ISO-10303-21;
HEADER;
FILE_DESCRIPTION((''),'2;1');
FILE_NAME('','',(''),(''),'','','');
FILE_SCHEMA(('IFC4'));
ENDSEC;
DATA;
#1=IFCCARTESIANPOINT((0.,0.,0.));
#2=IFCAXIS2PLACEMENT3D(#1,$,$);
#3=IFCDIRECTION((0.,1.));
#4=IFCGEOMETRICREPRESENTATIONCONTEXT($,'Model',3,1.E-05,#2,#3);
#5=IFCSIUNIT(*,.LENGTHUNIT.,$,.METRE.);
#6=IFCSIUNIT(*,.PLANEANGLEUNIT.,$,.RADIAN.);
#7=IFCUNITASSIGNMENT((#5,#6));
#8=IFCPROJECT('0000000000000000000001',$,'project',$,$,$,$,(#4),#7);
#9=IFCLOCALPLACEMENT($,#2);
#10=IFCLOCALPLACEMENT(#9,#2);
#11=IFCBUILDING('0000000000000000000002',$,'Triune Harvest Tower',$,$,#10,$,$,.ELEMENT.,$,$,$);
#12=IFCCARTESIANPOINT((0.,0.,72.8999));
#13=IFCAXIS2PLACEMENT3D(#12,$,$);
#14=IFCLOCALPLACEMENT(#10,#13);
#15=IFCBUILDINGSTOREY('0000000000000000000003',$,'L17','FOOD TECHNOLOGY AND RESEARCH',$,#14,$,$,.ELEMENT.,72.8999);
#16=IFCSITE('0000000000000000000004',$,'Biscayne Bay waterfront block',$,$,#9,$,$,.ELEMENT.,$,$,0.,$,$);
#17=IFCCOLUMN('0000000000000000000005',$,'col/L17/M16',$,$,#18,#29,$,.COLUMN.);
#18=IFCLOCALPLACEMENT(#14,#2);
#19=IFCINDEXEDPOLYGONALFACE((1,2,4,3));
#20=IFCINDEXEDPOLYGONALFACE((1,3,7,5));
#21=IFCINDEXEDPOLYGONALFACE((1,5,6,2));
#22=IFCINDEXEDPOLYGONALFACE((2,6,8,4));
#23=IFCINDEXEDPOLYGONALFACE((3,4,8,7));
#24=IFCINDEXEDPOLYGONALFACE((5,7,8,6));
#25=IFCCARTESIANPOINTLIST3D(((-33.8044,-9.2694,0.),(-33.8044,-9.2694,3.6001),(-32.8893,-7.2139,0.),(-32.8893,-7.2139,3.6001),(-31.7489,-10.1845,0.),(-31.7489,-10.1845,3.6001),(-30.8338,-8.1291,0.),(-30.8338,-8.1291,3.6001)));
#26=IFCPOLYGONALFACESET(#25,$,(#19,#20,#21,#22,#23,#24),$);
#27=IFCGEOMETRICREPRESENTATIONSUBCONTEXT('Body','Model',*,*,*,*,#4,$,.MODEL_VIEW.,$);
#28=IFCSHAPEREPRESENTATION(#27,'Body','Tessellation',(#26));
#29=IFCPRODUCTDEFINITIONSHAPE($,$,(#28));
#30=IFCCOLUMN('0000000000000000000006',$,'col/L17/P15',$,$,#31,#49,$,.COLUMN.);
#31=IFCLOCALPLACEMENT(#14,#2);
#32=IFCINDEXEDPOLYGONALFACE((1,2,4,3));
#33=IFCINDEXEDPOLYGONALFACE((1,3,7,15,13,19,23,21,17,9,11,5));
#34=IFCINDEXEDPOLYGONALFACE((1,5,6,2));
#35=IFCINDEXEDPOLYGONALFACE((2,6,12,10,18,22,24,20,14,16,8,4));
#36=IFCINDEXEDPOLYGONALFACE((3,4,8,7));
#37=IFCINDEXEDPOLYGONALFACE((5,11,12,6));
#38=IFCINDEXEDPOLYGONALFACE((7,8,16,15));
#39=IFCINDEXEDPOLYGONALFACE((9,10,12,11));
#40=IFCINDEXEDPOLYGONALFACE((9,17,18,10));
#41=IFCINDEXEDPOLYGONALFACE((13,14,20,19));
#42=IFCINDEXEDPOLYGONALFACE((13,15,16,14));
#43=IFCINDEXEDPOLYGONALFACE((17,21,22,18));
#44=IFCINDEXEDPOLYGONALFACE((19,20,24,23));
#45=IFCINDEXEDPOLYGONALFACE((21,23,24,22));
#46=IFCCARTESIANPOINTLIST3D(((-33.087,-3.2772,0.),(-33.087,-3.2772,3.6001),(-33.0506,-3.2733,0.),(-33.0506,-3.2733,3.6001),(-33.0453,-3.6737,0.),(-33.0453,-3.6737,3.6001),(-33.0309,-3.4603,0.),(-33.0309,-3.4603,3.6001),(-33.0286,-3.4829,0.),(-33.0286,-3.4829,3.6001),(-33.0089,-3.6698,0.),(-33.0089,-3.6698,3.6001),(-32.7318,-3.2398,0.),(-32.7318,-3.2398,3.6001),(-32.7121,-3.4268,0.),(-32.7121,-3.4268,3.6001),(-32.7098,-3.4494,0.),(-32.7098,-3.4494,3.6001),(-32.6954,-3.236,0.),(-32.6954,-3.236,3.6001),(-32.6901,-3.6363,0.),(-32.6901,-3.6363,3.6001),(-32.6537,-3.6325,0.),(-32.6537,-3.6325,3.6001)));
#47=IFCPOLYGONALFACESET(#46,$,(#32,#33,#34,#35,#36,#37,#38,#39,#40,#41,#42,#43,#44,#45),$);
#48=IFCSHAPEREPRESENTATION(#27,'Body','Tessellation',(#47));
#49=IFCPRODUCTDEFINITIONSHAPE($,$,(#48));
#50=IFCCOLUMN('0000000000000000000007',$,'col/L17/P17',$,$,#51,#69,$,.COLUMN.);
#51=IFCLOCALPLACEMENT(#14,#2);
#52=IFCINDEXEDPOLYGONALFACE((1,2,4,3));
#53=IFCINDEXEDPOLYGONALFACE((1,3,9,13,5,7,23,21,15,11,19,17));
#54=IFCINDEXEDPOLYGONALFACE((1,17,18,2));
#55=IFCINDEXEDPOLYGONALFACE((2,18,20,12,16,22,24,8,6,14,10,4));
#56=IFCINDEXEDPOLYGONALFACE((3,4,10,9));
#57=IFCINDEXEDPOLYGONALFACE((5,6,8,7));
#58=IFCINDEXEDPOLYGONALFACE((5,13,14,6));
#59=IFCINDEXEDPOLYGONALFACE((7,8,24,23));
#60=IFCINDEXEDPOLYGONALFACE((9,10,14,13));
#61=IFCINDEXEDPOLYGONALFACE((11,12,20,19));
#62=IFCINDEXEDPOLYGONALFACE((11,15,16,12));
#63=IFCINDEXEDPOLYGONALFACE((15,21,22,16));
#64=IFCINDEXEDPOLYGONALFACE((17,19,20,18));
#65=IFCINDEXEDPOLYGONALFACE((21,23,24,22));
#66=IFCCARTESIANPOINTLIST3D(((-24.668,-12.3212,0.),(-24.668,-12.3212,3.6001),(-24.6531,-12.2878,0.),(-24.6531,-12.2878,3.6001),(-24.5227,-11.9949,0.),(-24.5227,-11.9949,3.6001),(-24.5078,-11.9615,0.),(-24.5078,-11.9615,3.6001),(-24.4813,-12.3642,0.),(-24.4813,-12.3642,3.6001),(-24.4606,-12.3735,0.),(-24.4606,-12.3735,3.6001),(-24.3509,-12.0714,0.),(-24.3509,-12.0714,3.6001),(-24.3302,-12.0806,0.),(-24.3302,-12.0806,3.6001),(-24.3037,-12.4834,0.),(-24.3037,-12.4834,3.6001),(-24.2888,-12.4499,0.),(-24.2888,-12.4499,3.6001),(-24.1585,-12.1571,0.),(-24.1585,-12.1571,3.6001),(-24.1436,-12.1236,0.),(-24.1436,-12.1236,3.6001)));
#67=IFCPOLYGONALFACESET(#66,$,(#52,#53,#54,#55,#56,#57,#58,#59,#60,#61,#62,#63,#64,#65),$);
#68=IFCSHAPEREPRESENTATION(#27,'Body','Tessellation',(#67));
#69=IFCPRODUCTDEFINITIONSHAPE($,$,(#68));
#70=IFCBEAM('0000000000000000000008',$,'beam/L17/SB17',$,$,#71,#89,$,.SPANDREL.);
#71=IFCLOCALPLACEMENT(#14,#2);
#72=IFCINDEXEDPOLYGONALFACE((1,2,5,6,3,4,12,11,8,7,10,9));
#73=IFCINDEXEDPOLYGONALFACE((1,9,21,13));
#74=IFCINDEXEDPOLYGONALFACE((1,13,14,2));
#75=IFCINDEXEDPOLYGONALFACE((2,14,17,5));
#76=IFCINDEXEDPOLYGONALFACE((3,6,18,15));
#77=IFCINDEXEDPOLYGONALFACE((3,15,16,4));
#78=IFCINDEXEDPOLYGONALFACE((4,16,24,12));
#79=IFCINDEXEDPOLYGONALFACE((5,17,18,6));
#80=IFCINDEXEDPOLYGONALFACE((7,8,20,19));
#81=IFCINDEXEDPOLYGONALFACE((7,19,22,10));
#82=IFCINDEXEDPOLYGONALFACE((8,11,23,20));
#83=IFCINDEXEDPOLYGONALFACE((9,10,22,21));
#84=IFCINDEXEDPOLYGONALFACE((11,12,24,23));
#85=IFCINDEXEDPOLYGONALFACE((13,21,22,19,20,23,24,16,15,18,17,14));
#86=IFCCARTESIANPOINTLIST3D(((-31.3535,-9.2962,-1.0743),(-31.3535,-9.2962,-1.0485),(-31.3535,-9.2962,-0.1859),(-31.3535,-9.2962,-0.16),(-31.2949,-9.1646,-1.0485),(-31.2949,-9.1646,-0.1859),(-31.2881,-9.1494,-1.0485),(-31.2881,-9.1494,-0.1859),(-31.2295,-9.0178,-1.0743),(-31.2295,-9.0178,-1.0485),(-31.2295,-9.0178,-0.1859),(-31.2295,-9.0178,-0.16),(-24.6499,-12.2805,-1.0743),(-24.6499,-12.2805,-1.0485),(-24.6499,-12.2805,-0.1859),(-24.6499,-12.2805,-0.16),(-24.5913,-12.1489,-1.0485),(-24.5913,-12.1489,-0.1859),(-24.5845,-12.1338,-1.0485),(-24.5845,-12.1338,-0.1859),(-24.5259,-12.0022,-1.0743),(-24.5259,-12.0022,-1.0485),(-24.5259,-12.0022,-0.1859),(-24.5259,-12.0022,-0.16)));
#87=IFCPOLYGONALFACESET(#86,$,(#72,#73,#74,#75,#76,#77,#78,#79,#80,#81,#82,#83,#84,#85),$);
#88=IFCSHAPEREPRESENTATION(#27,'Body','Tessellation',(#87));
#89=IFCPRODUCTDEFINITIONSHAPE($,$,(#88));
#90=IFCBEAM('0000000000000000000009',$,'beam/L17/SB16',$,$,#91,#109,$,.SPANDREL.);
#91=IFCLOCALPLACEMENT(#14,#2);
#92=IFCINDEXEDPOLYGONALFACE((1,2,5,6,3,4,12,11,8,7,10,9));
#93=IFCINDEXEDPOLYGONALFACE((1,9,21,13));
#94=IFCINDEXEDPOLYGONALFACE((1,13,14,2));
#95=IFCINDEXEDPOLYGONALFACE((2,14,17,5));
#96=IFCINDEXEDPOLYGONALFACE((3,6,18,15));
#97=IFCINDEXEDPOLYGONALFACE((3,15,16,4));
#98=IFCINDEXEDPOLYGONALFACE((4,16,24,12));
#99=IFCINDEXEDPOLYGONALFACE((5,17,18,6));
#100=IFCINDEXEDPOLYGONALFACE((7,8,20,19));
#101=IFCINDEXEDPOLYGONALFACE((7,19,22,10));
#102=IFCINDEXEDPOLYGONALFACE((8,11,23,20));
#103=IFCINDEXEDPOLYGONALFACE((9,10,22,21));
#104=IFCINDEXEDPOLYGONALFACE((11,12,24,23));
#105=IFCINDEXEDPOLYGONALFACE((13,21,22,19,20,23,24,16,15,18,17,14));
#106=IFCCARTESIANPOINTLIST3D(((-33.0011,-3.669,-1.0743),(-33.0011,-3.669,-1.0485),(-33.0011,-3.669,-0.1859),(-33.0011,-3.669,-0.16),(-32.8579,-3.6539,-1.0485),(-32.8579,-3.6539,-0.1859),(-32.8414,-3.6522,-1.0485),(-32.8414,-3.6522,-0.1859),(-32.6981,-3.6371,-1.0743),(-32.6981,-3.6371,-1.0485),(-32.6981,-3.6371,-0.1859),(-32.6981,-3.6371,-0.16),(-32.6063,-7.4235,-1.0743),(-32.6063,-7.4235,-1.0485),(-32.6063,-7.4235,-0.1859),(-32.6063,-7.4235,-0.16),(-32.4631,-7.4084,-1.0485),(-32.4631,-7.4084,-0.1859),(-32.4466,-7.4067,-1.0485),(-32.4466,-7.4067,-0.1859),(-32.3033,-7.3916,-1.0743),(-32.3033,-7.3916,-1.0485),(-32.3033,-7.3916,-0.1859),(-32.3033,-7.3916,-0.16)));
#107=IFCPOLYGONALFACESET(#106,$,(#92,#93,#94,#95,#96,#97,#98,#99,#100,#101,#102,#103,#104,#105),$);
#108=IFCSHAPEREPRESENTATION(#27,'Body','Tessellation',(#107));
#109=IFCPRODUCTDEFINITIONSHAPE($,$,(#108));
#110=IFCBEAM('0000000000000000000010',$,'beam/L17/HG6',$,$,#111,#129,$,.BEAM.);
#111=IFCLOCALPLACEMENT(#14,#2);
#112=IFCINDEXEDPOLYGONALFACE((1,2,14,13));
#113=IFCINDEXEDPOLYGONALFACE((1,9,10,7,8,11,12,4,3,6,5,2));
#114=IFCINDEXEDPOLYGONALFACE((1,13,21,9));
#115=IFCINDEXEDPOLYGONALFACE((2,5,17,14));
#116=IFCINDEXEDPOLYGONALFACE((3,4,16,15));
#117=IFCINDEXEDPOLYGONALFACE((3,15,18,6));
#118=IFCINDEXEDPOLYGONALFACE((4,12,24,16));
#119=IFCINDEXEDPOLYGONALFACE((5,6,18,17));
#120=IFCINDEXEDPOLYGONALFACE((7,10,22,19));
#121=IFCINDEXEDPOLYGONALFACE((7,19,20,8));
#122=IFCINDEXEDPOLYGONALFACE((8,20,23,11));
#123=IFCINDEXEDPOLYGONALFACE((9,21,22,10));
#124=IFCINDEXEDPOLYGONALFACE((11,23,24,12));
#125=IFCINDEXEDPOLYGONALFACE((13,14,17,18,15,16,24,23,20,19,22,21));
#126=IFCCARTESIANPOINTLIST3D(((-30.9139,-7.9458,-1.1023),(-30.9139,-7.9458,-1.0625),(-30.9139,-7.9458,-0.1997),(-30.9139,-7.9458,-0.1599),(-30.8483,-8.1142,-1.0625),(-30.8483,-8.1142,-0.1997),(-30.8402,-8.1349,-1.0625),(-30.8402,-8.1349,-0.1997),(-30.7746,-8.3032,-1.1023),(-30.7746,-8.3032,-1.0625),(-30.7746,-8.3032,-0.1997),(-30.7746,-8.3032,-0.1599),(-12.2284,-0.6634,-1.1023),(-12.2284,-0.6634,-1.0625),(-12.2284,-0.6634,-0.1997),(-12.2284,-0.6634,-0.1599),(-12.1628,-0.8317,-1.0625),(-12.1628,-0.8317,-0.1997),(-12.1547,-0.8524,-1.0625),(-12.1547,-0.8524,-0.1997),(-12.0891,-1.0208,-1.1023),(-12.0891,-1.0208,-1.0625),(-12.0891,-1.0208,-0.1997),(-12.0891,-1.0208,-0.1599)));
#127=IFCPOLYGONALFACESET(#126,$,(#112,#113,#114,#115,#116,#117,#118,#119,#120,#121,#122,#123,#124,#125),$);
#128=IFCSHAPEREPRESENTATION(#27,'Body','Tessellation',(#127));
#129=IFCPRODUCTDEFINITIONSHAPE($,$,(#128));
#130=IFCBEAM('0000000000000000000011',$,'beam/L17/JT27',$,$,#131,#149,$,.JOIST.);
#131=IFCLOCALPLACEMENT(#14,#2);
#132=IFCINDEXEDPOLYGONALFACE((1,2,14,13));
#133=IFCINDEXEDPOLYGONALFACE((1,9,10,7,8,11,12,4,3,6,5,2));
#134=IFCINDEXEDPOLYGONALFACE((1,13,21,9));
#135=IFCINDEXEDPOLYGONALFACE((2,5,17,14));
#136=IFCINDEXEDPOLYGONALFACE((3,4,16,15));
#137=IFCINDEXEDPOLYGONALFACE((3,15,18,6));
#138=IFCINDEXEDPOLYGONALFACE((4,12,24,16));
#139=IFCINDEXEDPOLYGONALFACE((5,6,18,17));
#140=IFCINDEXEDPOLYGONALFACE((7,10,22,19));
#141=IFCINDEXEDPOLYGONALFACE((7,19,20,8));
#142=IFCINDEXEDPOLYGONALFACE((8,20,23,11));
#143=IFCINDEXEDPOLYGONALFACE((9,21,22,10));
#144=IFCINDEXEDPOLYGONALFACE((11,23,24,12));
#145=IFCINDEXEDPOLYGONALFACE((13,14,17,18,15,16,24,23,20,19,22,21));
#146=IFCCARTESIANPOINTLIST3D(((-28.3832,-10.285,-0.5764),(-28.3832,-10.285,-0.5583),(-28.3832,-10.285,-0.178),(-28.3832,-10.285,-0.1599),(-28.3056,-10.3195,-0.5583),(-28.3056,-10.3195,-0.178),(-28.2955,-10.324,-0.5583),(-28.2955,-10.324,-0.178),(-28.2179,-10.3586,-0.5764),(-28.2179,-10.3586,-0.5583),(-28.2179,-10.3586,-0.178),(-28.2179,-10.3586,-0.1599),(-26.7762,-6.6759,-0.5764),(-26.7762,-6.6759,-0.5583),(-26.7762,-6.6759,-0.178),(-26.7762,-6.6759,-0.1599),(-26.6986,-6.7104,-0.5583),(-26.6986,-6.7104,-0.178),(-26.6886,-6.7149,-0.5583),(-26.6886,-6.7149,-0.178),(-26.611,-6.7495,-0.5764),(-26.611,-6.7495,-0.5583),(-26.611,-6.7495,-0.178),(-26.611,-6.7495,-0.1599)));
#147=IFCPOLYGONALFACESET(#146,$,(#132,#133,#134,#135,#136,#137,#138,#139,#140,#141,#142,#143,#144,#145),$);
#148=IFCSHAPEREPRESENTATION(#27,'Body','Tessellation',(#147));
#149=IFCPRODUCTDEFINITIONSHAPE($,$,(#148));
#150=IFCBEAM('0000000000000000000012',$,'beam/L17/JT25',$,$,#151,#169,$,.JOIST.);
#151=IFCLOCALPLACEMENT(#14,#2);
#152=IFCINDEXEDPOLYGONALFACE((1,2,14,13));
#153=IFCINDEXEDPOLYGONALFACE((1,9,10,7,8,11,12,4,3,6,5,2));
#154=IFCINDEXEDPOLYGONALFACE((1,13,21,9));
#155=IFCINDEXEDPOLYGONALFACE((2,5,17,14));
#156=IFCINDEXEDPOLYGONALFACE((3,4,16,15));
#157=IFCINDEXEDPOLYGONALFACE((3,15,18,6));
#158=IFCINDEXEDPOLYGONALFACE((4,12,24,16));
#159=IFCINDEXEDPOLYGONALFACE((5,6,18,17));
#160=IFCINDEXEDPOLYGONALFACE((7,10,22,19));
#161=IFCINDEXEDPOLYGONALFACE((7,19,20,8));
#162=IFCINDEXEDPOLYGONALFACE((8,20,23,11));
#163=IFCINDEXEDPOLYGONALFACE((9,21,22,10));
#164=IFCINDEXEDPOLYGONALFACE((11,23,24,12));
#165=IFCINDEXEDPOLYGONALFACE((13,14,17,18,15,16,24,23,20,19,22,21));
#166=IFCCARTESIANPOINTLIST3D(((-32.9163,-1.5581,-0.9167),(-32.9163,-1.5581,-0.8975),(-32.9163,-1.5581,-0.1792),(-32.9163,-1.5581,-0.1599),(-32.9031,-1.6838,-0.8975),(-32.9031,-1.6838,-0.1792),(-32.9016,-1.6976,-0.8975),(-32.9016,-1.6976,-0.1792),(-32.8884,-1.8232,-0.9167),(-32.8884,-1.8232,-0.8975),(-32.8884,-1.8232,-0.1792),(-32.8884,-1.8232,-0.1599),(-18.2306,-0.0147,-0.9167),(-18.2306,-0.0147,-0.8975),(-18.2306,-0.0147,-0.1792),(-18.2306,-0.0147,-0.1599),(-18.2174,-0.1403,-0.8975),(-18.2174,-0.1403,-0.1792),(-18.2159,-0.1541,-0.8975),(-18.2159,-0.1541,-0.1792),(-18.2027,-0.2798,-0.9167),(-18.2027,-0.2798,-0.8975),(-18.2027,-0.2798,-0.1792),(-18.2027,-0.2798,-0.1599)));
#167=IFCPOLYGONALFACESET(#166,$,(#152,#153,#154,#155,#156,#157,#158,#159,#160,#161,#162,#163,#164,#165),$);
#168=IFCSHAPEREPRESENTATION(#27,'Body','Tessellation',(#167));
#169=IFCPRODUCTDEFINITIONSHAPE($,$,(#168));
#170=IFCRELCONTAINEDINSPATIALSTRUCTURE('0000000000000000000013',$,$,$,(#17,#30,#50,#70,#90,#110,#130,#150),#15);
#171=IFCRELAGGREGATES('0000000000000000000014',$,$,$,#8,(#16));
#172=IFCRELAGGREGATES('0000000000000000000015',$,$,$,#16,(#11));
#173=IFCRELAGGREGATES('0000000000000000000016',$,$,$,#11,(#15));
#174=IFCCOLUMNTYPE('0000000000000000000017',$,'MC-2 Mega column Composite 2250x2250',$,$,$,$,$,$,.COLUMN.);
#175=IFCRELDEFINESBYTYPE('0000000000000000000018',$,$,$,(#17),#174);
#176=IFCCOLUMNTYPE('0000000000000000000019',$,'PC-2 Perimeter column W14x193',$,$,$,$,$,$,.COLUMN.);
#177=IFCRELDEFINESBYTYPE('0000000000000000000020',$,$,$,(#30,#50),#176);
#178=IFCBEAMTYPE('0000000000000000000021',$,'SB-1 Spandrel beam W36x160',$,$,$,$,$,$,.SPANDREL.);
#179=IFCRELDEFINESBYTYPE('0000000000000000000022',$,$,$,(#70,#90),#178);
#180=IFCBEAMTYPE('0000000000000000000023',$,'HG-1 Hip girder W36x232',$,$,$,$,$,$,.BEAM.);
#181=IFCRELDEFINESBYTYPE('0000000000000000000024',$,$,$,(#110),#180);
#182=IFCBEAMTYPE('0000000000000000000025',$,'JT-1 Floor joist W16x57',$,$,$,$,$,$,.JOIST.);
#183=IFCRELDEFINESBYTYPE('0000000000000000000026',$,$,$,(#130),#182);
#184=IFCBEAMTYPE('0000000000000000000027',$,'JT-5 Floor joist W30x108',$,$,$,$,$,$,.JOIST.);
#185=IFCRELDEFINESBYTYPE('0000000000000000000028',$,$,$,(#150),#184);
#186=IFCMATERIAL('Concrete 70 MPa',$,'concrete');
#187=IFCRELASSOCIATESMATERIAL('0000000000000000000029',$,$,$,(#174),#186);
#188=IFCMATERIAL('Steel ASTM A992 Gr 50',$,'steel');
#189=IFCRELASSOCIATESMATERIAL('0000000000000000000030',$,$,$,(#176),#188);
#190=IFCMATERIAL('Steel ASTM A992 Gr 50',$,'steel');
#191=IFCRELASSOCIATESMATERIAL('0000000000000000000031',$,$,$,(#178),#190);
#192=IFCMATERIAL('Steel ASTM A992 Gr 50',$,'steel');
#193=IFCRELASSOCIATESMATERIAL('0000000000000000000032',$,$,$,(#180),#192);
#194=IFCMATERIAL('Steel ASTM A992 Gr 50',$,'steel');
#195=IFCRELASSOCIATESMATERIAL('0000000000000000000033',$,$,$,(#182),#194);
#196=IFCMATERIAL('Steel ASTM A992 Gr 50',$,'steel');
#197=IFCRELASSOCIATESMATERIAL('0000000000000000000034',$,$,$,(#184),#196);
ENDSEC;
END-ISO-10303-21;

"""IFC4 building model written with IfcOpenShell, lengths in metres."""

from ifc_helpers import new_model, si_unit, direction, frame, origin, origin_2d, place, context, subcontext, project, spatial, rectangle, i_section, extrude, source, transform, mapped, material, material_profile, profile_set, type_object, element, save


model = new_model("IFC4")

# Units and contexts
model_context = context("Model", 3, precision=1e-05, world=origin(), true_north=direction((0.0, 1.0)))
body_context = subcontext(model_context, "Body", "Model", "MODEL_VIEW")
ifc_project = project(units=[si_unit("LENGTHUNIT", "METRE"), si_unit("PLANEANGLEUNIT", "RADIAN")], contexts=[model_context])

# Site, building, storey
site_placement = place(None, origin())
site = spatial("IfcSite", under=ifc_project, at=site_placement, Name="Biscayne Bay waterfront block", CompositionType="ELEMENT", RefElevation=0.0)
building_placement = place(site_placement, origin())
building = spatial("IfcBuilding", under=site, at=building_placement, Name="Triune Harvest Tower", CompositionType="ELEMENT")
storey_placement = place(building_placement, frame((0.0, 0.0, 72.8999)))
storey = spatial("IfcBuildingStorey", under=building, at=storey_placement, Name="L17", Description="FOOD TECHNOLOGY AND RESEARCH", CompositionType="ELEMENT", Elevation=72.8999)

# Columns
ifc_material_1 = material(Name="Concrete 70 MPa", Category="concrete")
ifc_material_profile_1 = material_profile(ifc_material_1, rectangle(XDim=2.25, YDim=2.25, at=origin_2d()), Name="Composite 2250x2250")
ifc_profile_set_1 = profile_set([ifc_material_profile_1], Name="Concrete 70 MPa")
column_type_1 = type_object("IfcColumnType", Name="MC-2 Mega column Composite 2250x2250", PredefinedType="COLUMN", material=ifc_profile_set_1)
shared_shape_1 = source(origin(), body_context, "Body", "SweptSolid", [
    extrude(rectangle(XDim=2.25, YDim=2.25, at=origin_2d()), origin(), (0.0, 0.0, 1.0), 3.6001),
])
column_placement = place(storey_placement, frame((-32.3191, -8.6992, 0.0), z_axis=(0.0, 0.0, 1.0), x_axis=(0.913545, -0.406737, 0.0)))
element("IfcColumn", 1, at=column_placement, inside=storey, type_object=column_type_1, Name="col/L17/M16", PredefinedType="COLUMN", context=body_context, shape_type="MappedRepresentation", body=[
    mapped(shared_shape_1, transform((0.0, 0.0, 0.0), scale=1.0)),
])
ifc_material_2 = material(Name="Steel ASTM A992 Gr 50", Category="steel")
ifc_material_profile_2 = material_profile(ifc_material_2, i_section(OverallWidth=0.3987, OverallDepth=0.3938, WebThickness=0.0227, FlangeThickness=0.0366, at=origin_2d()), Name="W14x193")
ifc_profile_set_2 = profile_set([ifc_material_profile_2], Name="Steel ASTM A992 Gr 50")
column_type_2 = type_object("IfcColumnType", Name="PC-2 Perimeter column W14x193", PredefinedType="COLUMN", material=ifc_profile_set_2)
shared_shape_2 = source(origin(), body_context, "Body", "SweptSolid", [
    extrude(i_section(OverallWidth=0.3987, OverallDepth=0.3938, WebThickness=0.0227, FlangeThickness=0.0366, at=origin_2d()), origin(), (0.0, 0.0, 1.0), 3.6001),
])
for number, where, z_axis, x_axis, name in (
    (2, (-32.8704, -3.4548, 0.0), (0.0, 0.0, 1.0), (0.104528, -0.994522, 0.0), "col/L17/P15"),
    (3, (-24.4058, -12.2224, 0.0), (0.0, 0.0, 1.0), (0.913545, -0.406737, 0.0), "col/L17/P17"),
):
    element("IfcColumn", number, at=place(storey_placement, frame(where, z_axis=z_axis, x_axis=x_axis)), inside=storey, type_object=column_type_2, Name=name, PredefinedType="COLUMN", context=body_context, shape_type="MappedRepresentation", body=[
        mapped(shared_shape_2, transform((0.0, 0.0, 0.0), scale=1.0)),
    ])

# Beams
ifc_material_3 = material(Name="Steel ASTM A992 Gr 50", Category="steel")
ifc_material_profile_3 = material_profile(ifc_material_3, i_section(OverallWidth=0.3047, OverallDepth=0.9143, WebThickness=0.0166, FlangeThickness=0.0259, at=origin_2d()), Name="W36x160")
ifc_profile_set_3 = profile_set([ifc_material_profile_3], Name="Steel ASTM A992 Gr 50")
beam_type_1 = type_object("IfcBeamType", Name="SB-1 Spandrel beam W36x160", PredefinedType="SPANDREL", material=ifc_profile_set_3)
shared_shape_3 = source(origin(), body_context, "Body", "SweptSolid", [
    extrude(i_section(OverallWidth=0.3047, OverallDepth=0.9143, WebThickness=0.0166, FlangeThickness=0.0259, at=origin_2d()), origin(), (0.0, 0.0, 1.0), 7.3379),
])
beam_1_placement = place(storey_placement, frame((-31.2915, -9.157, -0.6172), z_axis=(0.913559, -0.406706, 0.0), x_axis=(0.406706, 0.913559, 0.0)))
element("IfcBeam", 4, at=beam_1_placement, inside=storey, type_object=beam_type_1, Name="beam/L17/SB17", PredefinedType="SPANDREL", context=body_context, shape_type="MappedRepresentation", body=[
    mapped(shared_shape_3, transform((0.0, 0.0, 0.0), scale=1.0)),
])
shared_shape_4 = source(origin(), body_context, "Body", "SweptSolid", [
    extrude(i_section(OverallWidth=0.3047, OverallDepth=0.9143, WebThickness=0.0166, FlangeThickness=0.0259, at=origin_2d()), origin(), (0.0, 0.0, 1.0), 3.7751),
])
beam_2_placement = place(storey_placement, frame((-32.8496, -3.6531, -0.6172), z_axis=(0.104574, -0.994517, 0.0), x_axis=(0.994517, 0.104574, 0.0)))
element("IfcBeam", 5, at=beam_2_placement, inside=storey, type_object=beam_type_1, Name="beam/L17/SB16", PredefinedType="SPANDREL", context=body_context, shape_type="MappedRepresentation", body=[
    mapped(shared_shape_4, transform((0.0, 0.0, 0.0), scale=1.0)),
])
ifc_material_4 = material(Name="Steel ASTM A992 Gr 50", Category="steel")
ifc_material_profile_4 = material_profile(ifc_material_4, i_section(OverallWidth=0.3835, OverallDepth=0.9424, WebThickness=0.0222, FlangeThickness=0.0398, at=origin_2d()), Name="W36x232")
ifc_profile_set_4 = profile_set([ifc_material_profile_4], Name="Steel ASTM A992 Gr 50")
beam_type_2 = type_object("IfcBeamType", Name="HG-1 Hip girder W36x232", PredefinedType="BEAM", material=ifc_profile_set_4)
shared_shape_5 = source(origin(), body_context, "Body", "SweptSolid", [
    extrude(i_section(OverallWidth=0.3835, OverallDepth=0.9424, WebThickness=0.0222, FlangeThickness=0.0398, at=origin_2d()), origin(), (0.0, 0.0, 1.0), 20.0544),
])
beam_3_placement = place(storey_placement, frame((-30.8442, -8.1245, -0.6311), z_axis=(0.931737, 0.363134, 0.0), x_axis=(-0.363134, 0.931737, 0.0)))
element("IfcBeam", 6, at=beam_3_placement, inside=storey, type_object=beam_type_2, Name="beam/L17/HG6", PredefinedType="BEAM", context=body_context, shape_type="MappedRepresentation", body=[
    mapped(shared_shape_5, transform((0.0, 0.0, 0.0), scale=1.0)),
])
ifc_material_5 = material(Name="Steel ASTM A992 Gr 50", Category="steel")
ifc_material_profile_5 = material_profile(ifc_material_5, i_section(OverallWidth=0.1809, OverallDepth=0.4165, WebThickness=0.011, FlangeThickness=0.0181, at=origin_2d()), Name="W16x57")
ifc_profile_set_5 = profile_set([ifc_material_profile_5], Name="Steel ASTM A992 Gr 50")
beam_type_3 = type_object("IfcBeamType", Name="JT-1 Floor joist W16x57", PredefinedType="JOIST", material=ifc_profile_set_5)
shared_shape_6 = source(origin(), body_context, "Body", "SweptSolid", [
    extrude(i_section(OverallWidth=0.1809, OverallDepth=0.4165, WebThickness=0.011, FlangeThickness=0.0181, at=origin_2d()), origin(), (0.0, 0.0, 1.0), 3.9507),
])
beam_4_placement = place(storey_placement, frame((-28.3005, -10.3218, -0.3682), z_axis=(0.406746, 0.913541, 0.0), x_axis=(-0.913541, 0.406746, 0.0)))
element("IfcBeam", 7, at=beam_4_placement, inside=storey, type_object=beam_type_3, Name="beam/L17/JT27", PredefinedType="JOIST", context=body_context, shape_type="MappedRepresentation", body=[
    mapped(shared_shape_6, transform((0.0, 0.0, 0.0), scale=1.0)),
])
ifc_material_6 = material(Name="Steel ASTM A992 Gr 50", Category="steel")
ifc_material_profile_6 = material_profile(ifc_material_6, i_section(OverallWidth=0.2666, OverallDepth=0.7568, WebThickness=0.0139, FlangeThickness=0.0193, at=origin_2d()), Name="W30x108")
ifc_profile_set_6 = profile_set([ifc_material_profile_6], Name="Steel ASTM A992 Gr 50")
beam_type_4 = type_object("IfcBeamType", Name="JT-5 Floor joist W30x108", PredefinedType="JOIST", material=ifc_profile_set_6)
shared_shape_7 = source(origin(), body_context, "Body", "SweptSolid", [
    extrude(i_section(OverallWidth=0.2666, OverallDepth=0.7568, WebThickness=0.0139, FlangeThickness=0.0193, at=origin_2d()), origin(), (0.0, 0.0, 1.0), 14.7666),
])
beam_5_placement = place(storey_placement, frame((-32.9023, -1.6907, -0.5383), z_axis=(0.994522, 0.104523, 0.0), x_axis=(-0.104523, 0.994522, 0.0)))
element("IfcBeam", 8, at=beam_5_placement, inside=storey, type_object=beam_type_4, Name="beam/L17/JT25", PredefinedType="JOIST", context=body_context, shape_type="MappedRepresentation", body=[
    mapped(shared_shape_7, transform((0.0, 0.0, 0.0), scale=1.0)),
])

save(model, "model.ifc")
